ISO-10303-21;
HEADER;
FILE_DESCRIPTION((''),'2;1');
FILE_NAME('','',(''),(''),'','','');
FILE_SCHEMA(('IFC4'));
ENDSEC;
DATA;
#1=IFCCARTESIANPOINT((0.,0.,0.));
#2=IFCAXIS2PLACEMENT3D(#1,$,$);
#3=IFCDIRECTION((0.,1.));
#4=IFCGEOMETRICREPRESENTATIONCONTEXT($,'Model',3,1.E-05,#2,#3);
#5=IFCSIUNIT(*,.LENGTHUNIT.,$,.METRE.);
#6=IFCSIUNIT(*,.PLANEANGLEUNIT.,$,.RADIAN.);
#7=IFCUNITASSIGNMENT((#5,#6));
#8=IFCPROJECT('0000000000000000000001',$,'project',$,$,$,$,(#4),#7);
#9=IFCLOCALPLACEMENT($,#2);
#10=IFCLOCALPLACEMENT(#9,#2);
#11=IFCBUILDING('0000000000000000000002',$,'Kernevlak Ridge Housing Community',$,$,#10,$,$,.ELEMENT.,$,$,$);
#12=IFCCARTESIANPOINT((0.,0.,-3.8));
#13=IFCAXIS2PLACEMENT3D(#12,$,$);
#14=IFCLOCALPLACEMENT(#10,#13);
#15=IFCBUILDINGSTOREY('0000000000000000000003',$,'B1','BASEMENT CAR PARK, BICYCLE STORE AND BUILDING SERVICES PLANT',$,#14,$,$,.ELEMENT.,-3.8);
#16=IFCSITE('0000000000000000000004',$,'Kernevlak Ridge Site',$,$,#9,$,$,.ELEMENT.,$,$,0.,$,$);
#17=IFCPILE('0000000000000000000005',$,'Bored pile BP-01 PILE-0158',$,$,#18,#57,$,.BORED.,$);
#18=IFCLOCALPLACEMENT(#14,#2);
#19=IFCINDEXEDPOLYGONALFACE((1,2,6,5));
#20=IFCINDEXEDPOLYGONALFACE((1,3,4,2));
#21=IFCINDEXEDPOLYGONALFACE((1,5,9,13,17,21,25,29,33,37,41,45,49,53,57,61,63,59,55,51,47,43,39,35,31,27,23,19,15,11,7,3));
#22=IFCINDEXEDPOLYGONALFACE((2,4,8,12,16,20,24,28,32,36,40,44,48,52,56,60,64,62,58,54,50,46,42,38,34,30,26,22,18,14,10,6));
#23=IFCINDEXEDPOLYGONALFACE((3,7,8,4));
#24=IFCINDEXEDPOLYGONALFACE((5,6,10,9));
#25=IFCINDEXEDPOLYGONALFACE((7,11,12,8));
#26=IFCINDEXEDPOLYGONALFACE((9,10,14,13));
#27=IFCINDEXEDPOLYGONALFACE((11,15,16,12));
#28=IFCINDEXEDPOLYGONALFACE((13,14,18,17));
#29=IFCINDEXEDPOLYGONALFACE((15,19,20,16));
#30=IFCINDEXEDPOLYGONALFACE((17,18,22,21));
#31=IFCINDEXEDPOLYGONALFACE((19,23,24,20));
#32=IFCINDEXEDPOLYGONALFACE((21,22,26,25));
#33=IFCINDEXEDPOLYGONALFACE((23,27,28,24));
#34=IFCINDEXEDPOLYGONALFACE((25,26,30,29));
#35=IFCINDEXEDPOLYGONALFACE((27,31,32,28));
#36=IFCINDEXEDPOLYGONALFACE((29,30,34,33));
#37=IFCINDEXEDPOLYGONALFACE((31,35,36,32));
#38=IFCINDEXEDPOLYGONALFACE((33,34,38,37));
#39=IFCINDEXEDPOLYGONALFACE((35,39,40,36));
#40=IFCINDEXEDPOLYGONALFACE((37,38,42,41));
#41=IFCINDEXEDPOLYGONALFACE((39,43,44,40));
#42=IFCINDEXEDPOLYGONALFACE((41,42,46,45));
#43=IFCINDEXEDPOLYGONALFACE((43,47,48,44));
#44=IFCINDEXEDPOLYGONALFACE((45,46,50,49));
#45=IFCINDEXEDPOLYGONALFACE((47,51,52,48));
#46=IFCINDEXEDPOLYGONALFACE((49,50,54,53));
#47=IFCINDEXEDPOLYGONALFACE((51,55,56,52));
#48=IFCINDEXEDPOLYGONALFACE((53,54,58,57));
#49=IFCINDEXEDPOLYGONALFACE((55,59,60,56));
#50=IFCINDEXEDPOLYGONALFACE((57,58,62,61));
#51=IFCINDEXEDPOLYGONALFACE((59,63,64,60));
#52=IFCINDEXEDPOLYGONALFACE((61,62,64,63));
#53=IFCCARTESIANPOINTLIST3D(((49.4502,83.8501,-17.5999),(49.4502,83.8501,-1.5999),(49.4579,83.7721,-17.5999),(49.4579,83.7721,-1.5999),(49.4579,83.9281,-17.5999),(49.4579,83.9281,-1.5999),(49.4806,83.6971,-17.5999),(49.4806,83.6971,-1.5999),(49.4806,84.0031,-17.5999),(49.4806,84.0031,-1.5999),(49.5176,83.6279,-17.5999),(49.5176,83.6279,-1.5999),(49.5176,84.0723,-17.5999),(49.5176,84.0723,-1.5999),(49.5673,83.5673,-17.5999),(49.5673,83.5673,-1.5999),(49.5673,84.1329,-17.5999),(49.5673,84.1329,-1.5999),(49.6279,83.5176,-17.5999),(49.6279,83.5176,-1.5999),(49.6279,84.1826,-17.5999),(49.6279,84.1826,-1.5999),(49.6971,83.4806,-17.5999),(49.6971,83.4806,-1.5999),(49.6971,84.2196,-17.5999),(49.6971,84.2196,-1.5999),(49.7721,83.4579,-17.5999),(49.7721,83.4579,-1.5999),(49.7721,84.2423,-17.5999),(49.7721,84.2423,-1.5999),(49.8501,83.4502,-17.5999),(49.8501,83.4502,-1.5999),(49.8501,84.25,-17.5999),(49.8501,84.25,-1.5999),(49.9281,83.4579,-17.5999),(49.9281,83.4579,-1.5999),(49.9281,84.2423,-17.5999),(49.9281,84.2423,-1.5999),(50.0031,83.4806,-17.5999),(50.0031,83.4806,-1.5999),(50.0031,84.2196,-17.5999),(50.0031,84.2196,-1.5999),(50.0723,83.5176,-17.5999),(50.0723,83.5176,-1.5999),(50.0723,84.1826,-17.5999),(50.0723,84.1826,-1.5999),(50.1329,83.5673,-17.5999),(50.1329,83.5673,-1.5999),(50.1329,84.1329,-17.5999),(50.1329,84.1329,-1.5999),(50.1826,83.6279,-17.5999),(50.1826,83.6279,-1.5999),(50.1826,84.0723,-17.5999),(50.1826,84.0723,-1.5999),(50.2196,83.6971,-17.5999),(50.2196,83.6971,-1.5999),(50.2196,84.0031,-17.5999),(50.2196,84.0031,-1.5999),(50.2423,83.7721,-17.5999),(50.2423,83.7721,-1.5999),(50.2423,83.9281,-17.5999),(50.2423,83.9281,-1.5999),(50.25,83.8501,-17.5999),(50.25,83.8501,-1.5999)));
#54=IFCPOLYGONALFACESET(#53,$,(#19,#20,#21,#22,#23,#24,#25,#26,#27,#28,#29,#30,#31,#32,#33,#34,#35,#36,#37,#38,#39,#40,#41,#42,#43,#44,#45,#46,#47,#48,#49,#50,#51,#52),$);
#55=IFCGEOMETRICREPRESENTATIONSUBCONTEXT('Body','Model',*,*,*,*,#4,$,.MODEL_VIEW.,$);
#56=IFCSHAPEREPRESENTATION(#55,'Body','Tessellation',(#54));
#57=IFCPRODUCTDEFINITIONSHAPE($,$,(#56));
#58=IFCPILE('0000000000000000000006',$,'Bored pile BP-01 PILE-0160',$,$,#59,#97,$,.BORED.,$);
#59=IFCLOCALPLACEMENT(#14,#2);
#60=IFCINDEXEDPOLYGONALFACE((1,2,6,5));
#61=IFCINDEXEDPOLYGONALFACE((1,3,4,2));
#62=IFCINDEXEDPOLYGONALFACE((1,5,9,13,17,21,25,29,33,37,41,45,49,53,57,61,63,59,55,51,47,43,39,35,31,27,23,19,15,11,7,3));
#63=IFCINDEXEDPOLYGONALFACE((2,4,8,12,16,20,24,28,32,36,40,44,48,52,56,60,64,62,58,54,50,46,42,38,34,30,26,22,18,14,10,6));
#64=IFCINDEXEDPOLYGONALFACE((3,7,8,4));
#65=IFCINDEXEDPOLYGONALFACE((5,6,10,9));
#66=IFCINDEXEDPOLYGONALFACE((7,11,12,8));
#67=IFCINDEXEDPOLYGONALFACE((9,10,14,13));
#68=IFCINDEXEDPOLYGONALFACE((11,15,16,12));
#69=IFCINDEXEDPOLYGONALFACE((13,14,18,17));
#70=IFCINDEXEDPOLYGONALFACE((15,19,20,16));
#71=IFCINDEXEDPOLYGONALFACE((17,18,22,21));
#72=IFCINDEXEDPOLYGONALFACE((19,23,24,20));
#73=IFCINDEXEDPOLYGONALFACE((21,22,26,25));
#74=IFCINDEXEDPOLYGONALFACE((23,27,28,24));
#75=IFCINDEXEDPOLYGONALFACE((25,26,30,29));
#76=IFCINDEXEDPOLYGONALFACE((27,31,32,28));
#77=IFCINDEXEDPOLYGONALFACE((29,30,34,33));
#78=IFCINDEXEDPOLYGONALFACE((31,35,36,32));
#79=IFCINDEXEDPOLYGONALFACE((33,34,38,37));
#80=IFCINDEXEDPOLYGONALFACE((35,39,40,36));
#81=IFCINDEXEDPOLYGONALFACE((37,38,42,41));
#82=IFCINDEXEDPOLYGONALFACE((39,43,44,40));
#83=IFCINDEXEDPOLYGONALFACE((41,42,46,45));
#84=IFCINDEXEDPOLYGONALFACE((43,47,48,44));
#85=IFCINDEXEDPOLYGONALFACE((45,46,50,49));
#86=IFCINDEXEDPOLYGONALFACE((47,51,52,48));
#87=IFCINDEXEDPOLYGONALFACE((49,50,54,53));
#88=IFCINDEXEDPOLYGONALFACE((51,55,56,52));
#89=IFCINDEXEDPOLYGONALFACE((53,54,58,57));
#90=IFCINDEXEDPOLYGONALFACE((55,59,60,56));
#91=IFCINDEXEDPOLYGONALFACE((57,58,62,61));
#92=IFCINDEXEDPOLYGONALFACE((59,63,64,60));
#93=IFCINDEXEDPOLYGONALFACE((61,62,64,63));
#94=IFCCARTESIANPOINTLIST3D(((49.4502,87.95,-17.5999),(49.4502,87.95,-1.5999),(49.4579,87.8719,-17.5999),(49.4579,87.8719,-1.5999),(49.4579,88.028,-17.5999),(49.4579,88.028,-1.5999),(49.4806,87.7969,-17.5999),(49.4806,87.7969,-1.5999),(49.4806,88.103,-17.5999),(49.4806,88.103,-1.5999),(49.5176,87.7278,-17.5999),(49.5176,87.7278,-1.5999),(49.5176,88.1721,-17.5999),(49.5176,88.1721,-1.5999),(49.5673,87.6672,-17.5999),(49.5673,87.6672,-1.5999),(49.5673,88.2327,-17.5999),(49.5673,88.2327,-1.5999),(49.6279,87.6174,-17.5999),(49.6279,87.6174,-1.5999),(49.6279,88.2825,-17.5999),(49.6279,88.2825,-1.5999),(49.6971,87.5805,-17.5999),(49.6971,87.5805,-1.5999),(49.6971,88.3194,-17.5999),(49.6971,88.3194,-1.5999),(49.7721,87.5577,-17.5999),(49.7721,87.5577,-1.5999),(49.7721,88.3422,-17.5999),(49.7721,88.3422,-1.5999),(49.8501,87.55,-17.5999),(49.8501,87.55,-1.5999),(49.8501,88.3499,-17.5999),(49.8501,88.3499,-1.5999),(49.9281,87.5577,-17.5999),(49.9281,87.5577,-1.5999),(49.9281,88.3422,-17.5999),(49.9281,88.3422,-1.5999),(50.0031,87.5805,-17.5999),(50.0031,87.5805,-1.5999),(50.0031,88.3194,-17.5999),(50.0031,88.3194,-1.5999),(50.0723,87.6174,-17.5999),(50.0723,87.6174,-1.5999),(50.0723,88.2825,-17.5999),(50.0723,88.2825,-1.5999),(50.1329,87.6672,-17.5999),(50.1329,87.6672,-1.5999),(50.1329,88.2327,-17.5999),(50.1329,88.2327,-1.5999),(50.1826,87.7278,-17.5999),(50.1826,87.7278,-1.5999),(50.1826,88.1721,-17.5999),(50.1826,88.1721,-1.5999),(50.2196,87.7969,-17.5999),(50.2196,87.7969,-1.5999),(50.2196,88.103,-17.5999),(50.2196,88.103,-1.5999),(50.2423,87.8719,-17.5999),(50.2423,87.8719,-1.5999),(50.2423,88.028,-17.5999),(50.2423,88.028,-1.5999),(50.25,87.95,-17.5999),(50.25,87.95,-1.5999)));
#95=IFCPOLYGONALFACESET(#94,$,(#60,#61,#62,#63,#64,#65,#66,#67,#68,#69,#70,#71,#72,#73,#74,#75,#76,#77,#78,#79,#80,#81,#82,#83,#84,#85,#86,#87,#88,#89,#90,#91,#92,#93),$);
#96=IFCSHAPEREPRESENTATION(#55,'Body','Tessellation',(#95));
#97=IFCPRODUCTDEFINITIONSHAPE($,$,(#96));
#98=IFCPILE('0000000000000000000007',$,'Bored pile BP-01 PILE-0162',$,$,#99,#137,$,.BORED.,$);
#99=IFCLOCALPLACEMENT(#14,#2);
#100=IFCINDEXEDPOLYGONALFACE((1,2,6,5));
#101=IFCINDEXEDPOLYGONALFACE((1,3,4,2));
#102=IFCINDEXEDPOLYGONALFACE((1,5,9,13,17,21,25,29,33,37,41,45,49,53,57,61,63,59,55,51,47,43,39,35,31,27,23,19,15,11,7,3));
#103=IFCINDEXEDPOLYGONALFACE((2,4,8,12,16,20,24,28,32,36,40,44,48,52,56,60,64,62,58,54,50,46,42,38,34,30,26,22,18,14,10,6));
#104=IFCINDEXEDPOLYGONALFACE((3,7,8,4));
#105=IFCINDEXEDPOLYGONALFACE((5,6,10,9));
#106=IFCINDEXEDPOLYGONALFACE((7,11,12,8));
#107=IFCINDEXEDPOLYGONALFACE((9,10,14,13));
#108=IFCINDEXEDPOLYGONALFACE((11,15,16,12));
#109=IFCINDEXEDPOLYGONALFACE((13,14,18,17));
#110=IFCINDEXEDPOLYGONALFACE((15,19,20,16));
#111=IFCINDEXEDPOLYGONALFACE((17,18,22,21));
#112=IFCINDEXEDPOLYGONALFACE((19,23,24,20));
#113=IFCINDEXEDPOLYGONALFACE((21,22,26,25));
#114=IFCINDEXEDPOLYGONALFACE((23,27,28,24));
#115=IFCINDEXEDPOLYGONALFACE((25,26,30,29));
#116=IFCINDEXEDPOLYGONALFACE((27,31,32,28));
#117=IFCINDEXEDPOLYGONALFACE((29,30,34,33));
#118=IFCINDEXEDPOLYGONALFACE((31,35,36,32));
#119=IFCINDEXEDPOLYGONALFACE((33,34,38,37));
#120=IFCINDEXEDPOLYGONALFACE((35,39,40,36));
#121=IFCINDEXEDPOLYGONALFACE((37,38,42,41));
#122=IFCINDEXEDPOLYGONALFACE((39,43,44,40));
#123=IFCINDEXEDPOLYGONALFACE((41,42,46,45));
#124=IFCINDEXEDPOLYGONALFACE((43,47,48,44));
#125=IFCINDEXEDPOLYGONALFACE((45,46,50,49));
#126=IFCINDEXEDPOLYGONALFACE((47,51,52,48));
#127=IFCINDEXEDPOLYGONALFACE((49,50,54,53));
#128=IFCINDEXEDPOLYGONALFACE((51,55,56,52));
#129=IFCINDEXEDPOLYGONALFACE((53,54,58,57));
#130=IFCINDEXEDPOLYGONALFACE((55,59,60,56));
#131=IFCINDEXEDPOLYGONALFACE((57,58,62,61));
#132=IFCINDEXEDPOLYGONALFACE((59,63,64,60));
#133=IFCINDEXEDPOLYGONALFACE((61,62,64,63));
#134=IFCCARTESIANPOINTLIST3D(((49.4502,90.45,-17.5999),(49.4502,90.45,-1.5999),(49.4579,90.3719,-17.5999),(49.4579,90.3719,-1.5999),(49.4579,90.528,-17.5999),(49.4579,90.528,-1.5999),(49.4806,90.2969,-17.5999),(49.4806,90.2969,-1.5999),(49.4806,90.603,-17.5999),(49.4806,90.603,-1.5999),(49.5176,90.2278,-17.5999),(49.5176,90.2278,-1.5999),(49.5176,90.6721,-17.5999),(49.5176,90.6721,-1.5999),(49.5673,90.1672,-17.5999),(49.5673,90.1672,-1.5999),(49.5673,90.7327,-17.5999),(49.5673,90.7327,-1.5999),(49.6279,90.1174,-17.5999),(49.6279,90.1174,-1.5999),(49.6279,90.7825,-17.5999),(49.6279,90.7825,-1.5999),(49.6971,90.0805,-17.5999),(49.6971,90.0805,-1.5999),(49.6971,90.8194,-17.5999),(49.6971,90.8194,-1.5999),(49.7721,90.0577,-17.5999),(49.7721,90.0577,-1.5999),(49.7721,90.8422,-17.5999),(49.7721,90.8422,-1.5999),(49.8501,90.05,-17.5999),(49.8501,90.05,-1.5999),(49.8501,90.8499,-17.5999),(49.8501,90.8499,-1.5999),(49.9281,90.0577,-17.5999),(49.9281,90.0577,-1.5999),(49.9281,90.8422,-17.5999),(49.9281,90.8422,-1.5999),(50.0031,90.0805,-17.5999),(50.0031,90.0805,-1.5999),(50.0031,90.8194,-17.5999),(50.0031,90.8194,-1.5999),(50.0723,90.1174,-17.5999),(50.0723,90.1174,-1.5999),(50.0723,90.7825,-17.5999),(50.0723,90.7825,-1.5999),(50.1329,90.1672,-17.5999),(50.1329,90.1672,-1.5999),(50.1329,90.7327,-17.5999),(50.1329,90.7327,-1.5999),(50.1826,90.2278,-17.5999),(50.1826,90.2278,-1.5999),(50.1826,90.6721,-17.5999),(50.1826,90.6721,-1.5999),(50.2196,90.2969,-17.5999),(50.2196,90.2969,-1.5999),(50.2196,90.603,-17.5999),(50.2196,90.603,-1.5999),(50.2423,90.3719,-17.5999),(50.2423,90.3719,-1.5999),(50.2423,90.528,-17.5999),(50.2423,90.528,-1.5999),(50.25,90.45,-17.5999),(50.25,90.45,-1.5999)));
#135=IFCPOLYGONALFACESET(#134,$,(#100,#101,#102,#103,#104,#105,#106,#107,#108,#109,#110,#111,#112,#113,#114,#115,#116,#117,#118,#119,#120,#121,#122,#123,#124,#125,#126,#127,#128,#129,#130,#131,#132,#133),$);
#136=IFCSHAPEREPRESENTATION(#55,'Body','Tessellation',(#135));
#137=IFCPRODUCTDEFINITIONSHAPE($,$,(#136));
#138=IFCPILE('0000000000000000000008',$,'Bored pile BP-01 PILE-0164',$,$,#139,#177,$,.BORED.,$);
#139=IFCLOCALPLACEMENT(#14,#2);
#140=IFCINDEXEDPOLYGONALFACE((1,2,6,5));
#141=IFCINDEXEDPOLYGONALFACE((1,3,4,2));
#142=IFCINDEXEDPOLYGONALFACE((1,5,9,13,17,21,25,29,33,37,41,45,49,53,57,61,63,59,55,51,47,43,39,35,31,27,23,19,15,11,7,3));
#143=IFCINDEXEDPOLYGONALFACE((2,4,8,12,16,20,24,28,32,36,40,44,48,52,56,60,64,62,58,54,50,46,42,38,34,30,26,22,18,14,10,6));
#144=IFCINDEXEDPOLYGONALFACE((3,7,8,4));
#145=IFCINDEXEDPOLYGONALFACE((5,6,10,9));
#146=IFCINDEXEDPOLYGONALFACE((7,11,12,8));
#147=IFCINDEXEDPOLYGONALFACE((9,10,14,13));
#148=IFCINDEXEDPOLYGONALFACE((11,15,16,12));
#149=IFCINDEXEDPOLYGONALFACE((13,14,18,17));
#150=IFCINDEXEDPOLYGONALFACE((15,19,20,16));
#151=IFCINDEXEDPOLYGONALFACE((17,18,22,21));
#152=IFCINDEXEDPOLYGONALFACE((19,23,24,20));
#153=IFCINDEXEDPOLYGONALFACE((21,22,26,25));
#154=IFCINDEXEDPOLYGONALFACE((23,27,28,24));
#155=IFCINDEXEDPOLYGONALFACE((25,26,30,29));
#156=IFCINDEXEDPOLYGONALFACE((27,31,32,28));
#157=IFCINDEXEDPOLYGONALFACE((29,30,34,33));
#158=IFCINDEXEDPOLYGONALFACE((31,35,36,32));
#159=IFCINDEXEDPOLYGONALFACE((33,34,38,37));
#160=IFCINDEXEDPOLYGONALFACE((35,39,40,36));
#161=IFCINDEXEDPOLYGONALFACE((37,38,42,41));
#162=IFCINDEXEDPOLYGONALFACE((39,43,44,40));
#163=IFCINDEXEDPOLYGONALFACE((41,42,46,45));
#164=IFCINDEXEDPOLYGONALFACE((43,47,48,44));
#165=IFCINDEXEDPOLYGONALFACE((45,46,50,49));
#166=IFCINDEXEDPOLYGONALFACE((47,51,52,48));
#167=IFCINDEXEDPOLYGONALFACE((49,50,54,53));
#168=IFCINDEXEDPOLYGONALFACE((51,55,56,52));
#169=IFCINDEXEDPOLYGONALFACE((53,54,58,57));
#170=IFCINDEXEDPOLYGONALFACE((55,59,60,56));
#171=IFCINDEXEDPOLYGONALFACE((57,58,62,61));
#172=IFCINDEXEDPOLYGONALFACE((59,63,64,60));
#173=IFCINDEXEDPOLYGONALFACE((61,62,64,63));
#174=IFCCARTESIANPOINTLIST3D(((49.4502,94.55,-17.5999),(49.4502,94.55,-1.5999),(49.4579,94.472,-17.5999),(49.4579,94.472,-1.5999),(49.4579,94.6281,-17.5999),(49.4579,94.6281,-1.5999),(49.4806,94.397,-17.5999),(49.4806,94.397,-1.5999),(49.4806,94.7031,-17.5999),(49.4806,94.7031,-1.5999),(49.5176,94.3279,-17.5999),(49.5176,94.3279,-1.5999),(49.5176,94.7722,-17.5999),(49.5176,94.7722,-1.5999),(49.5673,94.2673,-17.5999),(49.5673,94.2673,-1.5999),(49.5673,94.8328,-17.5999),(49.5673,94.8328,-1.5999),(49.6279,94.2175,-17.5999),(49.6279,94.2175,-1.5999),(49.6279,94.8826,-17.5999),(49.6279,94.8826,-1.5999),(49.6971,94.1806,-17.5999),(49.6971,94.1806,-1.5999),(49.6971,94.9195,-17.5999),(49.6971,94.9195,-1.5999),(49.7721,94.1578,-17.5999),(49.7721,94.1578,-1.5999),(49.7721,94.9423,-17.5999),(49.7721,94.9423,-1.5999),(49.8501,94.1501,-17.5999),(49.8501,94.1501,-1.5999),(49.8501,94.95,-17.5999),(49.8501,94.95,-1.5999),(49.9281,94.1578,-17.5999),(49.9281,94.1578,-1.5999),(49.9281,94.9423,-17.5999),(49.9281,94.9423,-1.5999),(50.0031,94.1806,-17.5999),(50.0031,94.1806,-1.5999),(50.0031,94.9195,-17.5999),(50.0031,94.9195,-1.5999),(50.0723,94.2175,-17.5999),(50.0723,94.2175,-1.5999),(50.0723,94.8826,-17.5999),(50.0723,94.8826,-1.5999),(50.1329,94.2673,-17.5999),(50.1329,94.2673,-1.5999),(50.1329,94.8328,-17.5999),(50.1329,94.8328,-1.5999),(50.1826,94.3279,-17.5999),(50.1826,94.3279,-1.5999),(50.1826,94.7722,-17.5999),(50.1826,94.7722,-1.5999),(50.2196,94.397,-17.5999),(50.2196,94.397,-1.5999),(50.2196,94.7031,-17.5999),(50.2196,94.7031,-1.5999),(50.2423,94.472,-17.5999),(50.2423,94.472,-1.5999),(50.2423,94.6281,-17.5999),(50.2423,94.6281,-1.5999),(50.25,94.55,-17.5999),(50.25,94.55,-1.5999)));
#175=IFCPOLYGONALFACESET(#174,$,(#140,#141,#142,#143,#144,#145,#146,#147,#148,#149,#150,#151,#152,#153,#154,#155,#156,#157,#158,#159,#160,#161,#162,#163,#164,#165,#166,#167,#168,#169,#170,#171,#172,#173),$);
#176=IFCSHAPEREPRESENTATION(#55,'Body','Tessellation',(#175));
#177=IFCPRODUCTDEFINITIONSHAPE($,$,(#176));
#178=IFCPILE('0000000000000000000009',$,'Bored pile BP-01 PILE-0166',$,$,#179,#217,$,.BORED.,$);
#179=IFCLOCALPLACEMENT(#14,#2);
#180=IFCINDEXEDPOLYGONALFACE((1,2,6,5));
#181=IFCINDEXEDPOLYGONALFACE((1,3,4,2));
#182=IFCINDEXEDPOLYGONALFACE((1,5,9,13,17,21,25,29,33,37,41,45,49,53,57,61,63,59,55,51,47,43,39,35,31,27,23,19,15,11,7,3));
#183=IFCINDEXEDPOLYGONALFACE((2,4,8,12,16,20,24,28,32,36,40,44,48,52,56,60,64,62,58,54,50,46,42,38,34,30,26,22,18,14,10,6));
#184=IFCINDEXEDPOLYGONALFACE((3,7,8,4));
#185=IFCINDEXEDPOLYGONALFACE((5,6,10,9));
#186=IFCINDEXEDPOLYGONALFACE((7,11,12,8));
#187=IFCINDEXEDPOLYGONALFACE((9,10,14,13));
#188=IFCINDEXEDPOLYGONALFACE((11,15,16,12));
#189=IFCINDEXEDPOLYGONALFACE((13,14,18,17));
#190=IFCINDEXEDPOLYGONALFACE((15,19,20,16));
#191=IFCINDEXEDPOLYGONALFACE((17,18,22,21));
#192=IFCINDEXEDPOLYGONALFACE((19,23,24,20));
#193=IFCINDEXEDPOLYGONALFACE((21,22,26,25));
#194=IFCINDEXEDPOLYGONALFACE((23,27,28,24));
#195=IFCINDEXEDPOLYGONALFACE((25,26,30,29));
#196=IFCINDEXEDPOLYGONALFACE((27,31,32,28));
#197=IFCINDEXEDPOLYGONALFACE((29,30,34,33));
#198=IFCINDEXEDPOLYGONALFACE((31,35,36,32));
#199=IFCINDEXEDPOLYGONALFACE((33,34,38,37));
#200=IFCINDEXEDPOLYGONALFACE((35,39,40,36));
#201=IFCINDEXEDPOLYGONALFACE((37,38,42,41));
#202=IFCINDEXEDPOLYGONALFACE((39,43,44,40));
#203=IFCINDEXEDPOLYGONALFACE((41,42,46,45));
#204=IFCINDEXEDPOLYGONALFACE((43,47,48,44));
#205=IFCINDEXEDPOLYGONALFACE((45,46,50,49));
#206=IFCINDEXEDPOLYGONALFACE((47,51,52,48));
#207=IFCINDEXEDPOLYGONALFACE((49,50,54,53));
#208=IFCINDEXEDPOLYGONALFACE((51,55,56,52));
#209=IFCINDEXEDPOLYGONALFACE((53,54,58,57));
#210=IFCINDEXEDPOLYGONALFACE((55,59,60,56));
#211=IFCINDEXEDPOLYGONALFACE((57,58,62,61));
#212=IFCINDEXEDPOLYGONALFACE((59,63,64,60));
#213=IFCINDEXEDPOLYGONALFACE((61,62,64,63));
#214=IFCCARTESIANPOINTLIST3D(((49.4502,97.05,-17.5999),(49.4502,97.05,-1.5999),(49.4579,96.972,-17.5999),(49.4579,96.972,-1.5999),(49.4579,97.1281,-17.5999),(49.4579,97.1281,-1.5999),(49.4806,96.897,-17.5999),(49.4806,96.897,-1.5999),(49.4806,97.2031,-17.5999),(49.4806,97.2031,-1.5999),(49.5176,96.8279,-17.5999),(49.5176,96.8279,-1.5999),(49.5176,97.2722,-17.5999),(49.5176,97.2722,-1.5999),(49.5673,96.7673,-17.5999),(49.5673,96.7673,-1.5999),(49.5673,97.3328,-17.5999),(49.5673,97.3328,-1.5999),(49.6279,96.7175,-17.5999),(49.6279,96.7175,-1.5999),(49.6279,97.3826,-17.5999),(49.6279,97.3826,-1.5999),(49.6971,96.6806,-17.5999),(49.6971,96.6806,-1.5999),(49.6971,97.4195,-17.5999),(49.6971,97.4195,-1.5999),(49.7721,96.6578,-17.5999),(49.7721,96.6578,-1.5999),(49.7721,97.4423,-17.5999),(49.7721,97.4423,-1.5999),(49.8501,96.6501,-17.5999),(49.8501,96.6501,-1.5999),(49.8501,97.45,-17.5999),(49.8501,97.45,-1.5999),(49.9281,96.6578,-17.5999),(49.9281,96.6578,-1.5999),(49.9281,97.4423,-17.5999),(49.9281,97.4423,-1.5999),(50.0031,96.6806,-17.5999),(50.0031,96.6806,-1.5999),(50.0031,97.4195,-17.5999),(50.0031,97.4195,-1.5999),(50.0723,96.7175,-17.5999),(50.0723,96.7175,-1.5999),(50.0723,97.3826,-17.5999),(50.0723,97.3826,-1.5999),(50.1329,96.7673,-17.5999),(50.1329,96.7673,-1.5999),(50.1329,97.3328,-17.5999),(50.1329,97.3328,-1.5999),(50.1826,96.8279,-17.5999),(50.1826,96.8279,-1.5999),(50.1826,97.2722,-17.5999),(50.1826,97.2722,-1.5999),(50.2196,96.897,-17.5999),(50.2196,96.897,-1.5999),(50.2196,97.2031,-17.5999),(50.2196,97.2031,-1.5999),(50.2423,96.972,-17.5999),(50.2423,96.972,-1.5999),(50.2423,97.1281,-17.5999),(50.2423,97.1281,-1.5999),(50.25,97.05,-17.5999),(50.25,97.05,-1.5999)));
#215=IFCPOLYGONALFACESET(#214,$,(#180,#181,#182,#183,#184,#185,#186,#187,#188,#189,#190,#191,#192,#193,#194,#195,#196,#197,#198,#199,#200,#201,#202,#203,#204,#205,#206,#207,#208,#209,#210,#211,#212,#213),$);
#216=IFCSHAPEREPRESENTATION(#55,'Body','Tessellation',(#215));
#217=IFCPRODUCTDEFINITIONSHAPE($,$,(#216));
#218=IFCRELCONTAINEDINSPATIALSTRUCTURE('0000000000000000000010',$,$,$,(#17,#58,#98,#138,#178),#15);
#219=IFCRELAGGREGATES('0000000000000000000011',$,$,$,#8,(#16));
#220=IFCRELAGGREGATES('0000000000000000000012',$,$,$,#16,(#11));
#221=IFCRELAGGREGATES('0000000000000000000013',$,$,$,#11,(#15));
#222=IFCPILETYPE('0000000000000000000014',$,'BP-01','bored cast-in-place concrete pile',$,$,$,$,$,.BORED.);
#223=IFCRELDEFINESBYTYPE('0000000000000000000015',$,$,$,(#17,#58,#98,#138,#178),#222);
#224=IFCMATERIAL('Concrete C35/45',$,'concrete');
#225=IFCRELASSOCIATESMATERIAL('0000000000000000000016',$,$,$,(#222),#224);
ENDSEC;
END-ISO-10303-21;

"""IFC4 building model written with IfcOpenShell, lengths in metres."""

from ifc_helpers import new_model, si_unit, direction, frame, origin, origin_2d, place, context, subcontext, project, spatial, circle, extrude, material, material_profile, profile_set, type_object, element, save


model = new_model("IFC4")

# Units and contexts
model_context = context("Model", 3, precision=1e-05, world=origin(), true_north=direction((0.0, 1.0)))
body_context = subcontext(model_context, "Body", "Model", "MODEL_VIEW")
ifc_project = project(units=[si_unit("LENGTHUNIT", "METRE"), si_unit("PLANEANGLEUNIT", "RADIAN")], contexts=[model_context])

# Site, building, storey
site_placement = place(None, origin())
site = spatial("IfcSite", under=ifc_project, at=site_placement, Name="Kernevlak Ridge Site", CompositionType="ELEMENT", RefElevation=0.0)
building_placement = place(site_placement, origin())
building = spatial("IfcBuilding", under=site, at=building_placement, Name="Kernevlak Ridge Housing Community", CompositionType="ELEMENT")
storey_placement = place(building_placement, frame((0.0, 0.0, -3.8)))
storey = spatial("IfcBuildingStorey", under=building, at=storey_placement, Name="B1", Description="BASEMENT CAR PARK, BICYCLE STORE AND BUILDING SERVICES PLANT", CompositionType="ELEMENT", Elevation=-3.8)

# Piles
ifc_material_1 = material(Name="Concrete C35/45", Category="concrete")
ifc_material_profile_1 = material_profile(ifc_material_1, circle(Radius=0.3999, at=origin_2d()), Name="BORED PILE 800")
ifc_profile_set_1 = profile_set([ifc_material_profile_1], Name="Concrete C35/45")
pile_type = type_object("IfcPileType", Name="BP-01", Description="bored cast-in-place concrete pile", PredefinedType="BORED", material=ifc_profile_set_1)
for number, where, z_axis, x_axis, name in (
    (1, (49.8501, 83.8501, -1.5999), (0.0, 0.0, -1.0), (1.0, 0.0, 0.0), "Bored pile BP-01 PILE-0158"),
    (2, (49.8501, 87.95, -1.5999), (0.0, 0.0, -1.0), (1.0, 0.0, 0.0), "Bored pile BP-01 PILE-0160"),
    (3, (49.8501, 90.45, -1.5999), (0.0, 0.0, -1.0), (1.0, 0.0, 0.0), "Bored pile BP-01 PILE-0162"),
    (4, (49.8501, 94.55, -1.5999), (0.0, 0.0, -1.0), (1.0, 0.0, 0.0), "Bored pile BP-01 PILE-0164"),
    (5, (49.8501, 97.05, -1.5999), (0.0, 0.0, -1.0), (1.0, 0.0, 0.0), "Bored pile BP-01 PILE-0166"),
):
    element("IfcPile", number, at=place(storey_placement, frame(where, z_axis=z_axis, x_axis=x_axis)), inside=storey, type_object=pile_type, Name=name, PredefinedType="BORED", context=body_context, shape_type="SweptSolid", body=[
        extrude(circle(Radius=0.3999, at=origin_2d()), origin(), (0.0, 0.0, 1.0), 16.0),
    ])

save(model, "model.ifc")
